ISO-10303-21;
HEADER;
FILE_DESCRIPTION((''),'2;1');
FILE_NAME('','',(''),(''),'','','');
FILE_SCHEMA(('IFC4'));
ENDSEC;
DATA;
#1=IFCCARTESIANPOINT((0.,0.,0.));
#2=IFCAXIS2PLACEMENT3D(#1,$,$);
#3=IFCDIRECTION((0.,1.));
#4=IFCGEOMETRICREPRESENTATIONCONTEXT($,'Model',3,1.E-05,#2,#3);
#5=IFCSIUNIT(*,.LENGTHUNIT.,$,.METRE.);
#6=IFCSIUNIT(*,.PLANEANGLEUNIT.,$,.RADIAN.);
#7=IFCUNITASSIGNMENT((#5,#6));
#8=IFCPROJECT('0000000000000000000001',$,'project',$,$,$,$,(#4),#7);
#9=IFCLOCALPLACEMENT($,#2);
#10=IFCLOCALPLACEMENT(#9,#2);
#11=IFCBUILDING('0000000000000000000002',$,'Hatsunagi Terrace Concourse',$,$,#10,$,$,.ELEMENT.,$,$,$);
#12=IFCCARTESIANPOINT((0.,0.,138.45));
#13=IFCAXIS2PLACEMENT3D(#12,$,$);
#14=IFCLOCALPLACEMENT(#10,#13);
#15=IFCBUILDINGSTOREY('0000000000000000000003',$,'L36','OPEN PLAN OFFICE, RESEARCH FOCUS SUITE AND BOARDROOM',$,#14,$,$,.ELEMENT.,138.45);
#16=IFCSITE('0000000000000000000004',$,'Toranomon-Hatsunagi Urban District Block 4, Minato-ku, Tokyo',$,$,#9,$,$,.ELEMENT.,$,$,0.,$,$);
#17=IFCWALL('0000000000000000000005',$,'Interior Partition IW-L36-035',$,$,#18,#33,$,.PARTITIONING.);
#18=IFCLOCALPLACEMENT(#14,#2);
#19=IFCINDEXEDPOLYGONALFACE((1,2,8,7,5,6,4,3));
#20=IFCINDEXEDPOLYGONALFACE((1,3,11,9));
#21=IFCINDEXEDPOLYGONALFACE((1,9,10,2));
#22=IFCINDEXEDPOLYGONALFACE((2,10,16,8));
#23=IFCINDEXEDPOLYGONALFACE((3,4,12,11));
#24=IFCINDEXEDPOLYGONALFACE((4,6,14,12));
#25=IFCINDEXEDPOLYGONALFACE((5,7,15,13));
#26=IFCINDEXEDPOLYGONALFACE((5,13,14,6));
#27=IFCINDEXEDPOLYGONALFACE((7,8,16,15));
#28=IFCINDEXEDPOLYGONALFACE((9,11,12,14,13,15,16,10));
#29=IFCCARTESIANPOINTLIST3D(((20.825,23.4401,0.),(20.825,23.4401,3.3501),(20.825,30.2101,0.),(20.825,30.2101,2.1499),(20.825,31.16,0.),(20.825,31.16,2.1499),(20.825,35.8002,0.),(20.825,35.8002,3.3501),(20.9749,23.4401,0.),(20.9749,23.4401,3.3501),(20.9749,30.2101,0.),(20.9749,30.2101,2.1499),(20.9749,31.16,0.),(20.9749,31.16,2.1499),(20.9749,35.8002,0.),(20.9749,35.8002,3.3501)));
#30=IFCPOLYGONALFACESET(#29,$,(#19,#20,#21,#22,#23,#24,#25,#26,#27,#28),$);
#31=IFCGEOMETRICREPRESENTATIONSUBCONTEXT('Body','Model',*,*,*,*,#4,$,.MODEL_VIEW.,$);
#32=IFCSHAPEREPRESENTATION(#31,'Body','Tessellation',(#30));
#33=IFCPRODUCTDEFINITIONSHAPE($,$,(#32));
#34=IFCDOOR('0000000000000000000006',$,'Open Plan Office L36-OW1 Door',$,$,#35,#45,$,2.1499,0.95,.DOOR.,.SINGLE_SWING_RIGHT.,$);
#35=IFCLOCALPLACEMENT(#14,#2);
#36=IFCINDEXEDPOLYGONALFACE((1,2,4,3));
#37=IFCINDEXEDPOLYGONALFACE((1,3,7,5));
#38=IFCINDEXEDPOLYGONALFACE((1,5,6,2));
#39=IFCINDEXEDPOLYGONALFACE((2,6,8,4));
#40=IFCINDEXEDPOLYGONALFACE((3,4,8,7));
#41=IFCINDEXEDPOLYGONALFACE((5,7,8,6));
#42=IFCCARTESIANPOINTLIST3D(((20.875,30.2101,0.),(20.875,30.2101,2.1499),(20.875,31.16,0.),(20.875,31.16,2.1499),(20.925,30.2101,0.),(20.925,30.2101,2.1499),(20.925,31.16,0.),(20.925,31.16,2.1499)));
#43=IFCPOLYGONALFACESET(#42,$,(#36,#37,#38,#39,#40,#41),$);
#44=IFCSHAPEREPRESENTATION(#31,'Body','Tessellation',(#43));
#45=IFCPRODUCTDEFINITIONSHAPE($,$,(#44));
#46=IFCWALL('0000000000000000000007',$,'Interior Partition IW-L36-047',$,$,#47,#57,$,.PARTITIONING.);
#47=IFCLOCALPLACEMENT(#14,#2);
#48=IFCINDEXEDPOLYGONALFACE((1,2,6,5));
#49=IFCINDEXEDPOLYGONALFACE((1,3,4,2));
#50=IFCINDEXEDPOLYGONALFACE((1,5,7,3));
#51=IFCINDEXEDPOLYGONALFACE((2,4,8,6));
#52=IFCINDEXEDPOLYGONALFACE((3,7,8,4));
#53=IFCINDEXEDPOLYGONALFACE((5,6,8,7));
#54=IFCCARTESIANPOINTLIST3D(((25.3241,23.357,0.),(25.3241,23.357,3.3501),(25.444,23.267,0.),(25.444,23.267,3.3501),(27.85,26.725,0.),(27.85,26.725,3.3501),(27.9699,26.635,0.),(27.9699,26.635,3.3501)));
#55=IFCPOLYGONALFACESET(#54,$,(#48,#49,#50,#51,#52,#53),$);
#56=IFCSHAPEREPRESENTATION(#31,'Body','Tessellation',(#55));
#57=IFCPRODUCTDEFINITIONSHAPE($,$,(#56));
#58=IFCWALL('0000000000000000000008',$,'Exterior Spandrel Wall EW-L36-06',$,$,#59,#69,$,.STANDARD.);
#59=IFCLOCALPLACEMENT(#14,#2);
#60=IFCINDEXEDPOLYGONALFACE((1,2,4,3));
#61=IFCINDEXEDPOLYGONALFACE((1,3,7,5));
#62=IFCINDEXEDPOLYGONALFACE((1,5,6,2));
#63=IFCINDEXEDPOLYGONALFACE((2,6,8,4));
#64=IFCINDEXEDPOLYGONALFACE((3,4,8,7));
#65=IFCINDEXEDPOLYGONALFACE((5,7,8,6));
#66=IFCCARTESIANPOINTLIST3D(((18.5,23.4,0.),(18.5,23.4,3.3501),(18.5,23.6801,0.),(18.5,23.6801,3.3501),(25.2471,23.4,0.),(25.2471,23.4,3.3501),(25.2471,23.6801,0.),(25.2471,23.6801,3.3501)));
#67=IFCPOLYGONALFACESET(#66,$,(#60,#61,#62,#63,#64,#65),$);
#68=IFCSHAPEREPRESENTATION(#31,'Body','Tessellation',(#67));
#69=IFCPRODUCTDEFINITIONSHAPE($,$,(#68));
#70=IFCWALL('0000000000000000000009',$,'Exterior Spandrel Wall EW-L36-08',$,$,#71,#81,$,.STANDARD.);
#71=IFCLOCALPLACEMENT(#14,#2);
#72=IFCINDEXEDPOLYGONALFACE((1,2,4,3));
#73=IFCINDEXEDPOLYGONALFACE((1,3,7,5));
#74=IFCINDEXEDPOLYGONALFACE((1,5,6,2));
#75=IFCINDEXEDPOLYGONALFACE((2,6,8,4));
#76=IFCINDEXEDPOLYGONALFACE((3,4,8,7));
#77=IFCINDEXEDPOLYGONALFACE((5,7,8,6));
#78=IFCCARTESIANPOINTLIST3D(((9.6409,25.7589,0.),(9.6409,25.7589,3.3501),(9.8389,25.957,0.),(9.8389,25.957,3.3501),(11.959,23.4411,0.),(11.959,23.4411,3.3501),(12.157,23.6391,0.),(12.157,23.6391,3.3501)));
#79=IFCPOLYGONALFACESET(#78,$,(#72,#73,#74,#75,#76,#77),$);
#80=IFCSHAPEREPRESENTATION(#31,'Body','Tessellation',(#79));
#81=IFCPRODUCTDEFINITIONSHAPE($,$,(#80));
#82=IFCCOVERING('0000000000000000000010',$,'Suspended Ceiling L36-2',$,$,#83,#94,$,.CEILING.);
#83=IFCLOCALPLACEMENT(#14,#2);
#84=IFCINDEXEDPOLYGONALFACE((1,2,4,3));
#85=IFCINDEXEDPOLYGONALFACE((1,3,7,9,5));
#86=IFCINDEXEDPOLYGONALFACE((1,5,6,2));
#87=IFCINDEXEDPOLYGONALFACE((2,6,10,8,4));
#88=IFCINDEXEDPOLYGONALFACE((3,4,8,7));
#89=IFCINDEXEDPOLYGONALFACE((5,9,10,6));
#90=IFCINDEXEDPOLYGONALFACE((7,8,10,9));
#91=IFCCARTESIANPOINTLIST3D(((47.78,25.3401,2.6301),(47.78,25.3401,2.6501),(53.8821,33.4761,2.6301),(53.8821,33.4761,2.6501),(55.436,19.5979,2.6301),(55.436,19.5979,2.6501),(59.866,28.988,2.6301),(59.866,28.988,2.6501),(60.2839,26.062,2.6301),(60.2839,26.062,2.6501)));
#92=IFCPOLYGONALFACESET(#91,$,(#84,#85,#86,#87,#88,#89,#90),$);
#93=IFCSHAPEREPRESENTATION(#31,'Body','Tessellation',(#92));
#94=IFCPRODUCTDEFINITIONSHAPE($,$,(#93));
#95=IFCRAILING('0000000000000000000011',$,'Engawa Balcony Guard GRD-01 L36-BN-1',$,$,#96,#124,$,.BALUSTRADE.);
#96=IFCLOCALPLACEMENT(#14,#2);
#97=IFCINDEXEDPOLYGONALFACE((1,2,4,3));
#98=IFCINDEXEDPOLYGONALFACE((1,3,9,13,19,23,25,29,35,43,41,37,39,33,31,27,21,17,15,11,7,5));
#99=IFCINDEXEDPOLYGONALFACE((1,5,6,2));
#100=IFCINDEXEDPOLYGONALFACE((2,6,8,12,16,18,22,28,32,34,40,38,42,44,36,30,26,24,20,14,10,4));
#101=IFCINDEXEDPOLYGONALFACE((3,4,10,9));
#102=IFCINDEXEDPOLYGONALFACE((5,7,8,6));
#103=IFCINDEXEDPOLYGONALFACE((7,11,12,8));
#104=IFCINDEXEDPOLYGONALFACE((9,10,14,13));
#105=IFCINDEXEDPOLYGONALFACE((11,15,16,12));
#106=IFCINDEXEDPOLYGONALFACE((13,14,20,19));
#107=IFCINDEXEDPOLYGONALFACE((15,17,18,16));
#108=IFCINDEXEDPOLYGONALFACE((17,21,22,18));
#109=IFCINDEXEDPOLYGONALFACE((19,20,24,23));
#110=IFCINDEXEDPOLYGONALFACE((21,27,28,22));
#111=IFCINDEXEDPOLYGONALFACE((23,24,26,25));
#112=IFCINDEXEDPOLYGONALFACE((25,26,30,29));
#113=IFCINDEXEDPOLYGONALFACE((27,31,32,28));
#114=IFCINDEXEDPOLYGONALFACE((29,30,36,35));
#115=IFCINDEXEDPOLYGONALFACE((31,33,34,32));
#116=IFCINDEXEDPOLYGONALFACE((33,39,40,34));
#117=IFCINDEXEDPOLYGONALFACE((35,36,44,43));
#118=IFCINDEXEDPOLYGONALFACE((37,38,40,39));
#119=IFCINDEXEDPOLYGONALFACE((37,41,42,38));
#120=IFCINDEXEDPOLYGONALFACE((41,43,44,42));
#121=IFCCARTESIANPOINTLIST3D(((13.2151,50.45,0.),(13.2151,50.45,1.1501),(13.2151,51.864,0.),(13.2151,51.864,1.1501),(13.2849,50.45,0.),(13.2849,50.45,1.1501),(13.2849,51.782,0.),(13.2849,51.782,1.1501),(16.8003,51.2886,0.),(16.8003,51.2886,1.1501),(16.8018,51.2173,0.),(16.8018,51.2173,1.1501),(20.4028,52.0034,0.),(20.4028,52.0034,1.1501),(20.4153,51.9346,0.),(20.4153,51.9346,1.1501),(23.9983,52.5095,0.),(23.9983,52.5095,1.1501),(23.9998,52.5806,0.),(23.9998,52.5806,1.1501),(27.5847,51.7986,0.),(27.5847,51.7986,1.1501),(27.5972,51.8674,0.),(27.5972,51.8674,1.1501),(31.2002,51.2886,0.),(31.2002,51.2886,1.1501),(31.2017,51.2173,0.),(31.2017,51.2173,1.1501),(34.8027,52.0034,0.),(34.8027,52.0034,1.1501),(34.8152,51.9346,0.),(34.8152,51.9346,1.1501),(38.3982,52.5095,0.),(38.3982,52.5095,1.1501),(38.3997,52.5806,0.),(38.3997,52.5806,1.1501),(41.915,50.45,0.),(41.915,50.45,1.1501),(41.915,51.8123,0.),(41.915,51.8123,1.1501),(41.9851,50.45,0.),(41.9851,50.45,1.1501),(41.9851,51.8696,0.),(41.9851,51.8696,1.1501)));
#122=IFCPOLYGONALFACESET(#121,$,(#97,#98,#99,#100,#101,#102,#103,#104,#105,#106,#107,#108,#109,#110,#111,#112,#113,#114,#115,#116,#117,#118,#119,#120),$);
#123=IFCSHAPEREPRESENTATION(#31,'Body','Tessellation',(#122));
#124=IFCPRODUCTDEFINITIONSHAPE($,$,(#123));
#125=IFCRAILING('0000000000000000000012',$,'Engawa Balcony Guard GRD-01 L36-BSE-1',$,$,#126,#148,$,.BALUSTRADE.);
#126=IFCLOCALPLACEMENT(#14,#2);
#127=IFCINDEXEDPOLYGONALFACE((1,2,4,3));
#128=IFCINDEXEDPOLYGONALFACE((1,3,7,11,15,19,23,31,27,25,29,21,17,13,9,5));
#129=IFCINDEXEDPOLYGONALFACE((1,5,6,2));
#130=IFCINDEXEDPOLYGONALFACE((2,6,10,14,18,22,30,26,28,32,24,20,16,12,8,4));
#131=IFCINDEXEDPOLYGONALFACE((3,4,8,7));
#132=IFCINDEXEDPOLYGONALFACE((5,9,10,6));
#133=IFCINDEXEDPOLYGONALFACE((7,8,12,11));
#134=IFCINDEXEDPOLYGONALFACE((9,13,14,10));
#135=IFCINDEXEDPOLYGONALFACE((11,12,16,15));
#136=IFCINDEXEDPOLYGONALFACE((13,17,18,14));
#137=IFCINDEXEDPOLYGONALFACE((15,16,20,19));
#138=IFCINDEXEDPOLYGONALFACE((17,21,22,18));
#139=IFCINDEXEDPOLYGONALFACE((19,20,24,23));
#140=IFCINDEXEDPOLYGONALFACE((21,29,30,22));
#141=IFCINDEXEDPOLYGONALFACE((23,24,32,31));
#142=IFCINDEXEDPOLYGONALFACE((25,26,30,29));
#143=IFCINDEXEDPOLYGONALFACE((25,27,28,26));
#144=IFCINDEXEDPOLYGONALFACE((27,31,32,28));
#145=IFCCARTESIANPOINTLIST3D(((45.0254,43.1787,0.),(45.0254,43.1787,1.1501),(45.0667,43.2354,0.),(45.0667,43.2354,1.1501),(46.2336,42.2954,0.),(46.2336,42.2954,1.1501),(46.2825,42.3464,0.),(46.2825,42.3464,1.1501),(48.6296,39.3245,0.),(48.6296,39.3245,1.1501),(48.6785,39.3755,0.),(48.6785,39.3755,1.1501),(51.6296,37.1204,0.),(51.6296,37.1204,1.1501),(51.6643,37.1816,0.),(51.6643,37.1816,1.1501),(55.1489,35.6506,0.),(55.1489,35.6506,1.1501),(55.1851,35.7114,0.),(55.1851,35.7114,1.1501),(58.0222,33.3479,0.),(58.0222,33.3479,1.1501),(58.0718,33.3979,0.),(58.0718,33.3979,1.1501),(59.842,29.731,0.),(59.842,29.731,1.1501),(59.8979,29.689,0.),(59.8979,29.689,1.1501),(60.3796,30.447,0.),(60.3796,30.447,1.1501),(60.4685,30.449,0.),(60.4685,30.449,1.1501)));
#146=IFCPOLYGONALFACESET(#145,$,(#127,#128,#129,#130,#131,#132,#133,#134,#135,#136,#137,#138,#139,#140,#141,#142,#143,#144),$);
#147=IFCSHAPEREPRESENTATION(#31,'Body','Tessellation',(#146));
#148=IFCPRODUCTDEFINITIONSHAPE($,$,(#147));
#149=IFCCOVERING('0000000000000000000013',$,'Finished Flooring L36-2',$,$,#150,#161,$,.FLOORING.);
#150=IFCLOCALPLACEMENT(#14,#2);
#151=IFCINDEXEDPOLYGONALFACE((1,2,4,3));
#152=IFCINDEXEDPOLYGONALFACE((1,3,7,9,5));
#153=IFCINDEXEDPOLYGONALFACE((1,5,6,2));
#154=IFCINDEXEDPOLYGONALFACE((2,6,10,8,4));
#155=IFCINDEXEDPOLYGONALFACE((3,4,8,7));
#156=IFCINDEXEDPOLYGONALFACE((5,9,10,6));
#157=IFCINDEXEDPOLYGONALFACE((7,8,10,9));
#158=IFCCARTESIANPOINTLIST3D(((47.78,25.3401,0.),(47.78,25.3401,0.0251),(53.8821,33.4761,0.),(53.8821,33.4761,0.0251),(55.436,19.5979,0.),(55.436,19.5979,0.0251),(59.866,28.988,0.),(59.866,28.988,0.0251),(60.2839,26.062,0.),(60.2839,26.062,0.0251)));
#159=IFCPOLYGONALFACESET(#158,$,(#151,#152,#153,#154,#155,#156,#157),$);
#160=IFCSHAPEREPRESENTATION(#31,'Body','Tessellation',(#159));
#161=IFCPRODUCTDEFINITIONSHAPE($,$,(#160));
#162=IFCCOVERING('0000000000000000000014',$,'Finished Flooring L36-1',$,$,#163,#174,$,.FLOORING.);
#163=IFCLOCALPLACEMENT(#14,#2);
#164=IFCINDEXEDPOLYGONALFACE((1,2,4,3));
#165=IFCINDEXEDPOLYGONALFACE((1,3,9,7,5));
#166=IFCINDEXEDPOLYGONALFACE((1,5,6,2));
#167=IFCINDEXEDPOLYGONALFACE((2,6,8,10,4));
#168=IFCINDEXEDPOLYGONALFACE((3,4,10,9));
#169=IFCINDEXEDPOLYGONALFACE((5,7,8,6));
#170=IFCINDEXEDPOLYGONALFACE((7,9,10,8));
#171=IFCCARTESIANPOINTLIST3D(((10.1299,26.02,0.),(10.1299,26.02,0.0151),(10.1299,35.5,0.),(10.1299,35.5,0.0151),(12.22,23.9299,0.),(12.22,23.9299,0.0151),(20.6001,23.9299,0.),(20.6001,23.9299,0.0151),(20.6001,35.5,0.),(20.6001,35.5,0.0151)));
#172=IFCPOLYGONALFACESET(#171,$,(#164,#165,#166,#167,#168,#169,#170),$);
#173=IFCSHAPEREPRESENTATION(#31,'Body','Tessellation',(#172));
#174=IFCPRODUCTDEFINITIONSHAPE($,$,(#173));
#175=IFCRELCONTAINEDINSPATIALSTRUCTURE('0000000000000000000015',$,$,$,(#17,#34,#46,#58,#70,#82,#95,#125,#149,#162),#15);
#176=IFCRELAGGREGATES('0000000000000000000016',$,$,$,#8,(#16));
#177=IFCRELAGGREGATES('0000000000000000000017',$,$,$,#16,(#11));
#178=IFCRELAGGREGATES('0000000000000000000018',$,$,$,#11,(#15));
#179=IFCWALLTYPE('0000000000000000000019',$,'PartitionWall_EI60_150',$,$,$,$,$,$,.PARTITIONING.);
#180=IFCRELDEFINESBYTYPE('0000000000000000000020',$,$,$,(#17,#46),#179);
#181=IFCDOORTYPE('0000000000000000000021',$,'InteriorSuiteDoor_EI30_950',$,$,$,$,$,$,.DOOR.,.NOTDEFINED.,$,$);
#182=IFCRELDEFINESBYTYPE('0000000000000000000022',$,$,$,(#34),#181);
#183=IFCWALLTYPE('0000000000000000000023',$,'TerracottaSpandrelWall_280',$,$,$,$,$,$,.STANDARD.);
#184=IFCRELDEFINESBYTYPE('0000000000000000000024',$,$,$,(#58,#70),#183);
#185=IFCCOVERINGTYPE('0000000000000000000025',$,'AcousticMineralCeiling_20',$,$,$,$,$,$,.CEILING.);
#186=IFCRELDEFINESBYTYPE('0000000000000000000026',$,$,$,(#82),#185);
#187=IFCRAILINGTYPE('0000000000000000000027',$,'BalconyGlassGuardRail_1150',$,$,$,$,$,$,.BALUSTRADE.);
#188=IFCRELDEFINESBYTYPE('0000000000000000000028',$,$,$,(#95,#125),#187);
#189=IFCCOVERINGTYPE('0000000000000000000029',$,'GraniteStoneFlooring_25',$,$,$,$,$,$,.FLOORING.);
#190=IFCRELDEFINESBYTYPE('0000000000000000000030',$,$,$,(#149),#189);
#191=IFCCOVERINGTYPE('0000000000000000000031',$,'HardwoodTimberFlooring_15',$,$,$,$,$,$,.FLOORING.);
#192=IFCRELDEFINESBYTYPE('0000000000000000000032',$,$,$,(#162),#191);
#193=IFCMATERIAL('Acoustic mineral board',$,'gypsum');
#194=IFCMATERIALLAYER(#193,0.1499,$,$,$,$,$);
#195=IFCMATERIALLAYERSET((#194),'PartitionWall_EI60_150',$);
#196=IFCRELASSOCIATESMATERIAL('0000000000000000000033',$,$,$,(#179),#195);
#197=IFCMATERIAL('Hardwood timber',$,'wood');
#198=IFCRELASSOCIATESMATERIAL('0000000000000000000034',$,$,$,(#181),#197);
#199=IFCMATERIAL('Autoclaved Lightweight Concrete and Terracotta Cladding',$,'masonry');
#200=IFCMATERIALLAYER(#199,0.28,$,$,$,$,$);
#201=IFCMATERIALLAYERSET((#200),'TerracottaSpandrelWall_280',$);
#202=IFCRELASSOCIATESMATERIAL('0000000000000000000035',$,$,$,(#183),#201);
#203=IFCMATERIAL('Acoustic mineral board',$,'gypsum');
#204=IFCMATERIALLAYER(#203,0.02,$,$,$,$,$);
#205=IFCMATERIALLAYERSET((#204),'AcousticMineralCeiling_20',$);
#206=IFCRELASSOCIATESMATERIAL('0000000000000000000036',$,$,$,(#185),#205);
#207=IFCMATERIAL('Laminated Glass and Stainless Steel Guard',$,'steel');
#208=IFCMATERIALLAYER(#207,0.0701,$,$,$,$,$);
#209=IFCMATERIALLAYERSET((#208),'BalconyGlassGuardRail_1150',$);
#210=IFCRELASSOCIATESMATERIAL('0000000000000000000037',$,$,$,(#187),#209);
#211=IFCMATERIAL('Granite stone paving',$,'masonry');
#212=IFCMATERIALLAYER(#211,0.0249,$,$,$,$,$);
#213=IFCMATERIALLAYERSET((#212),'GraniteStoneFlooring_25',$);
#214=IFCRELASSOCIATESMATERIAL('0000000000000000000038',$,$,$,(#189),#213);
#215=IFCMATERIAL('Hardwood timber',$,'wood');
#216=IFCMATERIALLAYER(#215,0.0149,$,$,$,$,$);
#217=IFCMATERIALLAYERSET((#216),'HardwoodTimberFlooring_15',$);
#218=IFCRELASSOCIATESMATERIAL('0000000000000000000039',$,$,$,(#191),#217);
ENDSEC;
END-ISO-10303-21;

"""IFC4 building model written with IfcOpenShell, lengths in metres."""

from ifc_helpers import new_model, si_unit, direction, frame, frame_2d, origin, place, context, subcontext, project, spatial, polyline, rectangle, outline, extrude, material, layer, layer_set, type_object, element, fill, save


model = new_model("IFC4")

# Units and contexts
model_context = context("Model", 3, precision=1e-05, world=origin(), true_north=direction((0.0, 1.0)))
body_context = subcontext(model_context, "Body", "Model", "MODEL_VIEW")
ifc_project = project(units=[si_unit("LENGTHUNIT", "METRE"), si_unit("PLANEANGLEUNIT", "RADIAN")], contexts=[model_context])

# Site, building, storey
site_placement = place(None, origin())
site = spatial("IfcSite", under=ifc_project, at=site_placement, Name="Toranomon-Hatsunagi Urban District Block 4, Minato-ku, Tokyo", CompositionType="ELEMENT", RefElevation=0.0)
building_placement = place(site_placement, origin())
building = spatial("IfcBuilding", under=site, at=building_placement, Name="Hatsunagi Terrace Concourse", CompositionType="ELEMENT")
storey_placement = place(building_placement, frame((0.0, 0.0, 138.45)))
storey = spatial("IfcBuildingStorey", under=building, at=storey_placement, Name="L36", Description="OPEN PLAN OFFICE, RESEARCH FOCUS SUITE AND BOARDROOM", CompositionType="ELEMENT", Elevation=138.45)

# Shared definitions
ifc_material_1 = material(Name="Acoustic mineral board", Category="gypsum")
ifc_layer_1 = layer(ifc_material_1, 0.1499)
ifc_layer_set_1 = layer_set([ifc_layer_1], Name="PartitionWall_EI60_150")
wall_type_1 = type_object("IfcWallType", Name="PartitionWall_EI60_150", PredefinedType="PARTITIONING", material=ifc_layer_set_1)

# Wall, opening, door
wall_1_placement = place(storey_placement, frame((20.8999, 23.4399, 0.0), z_axis=(0.0, 0.0, 1.0), x_axis=(0.0, 1.0, 0.0)))
wall_1 = element("IfcWall", 1, at=wall_1_placement, inside=storey, type_object=wall_type_1, Name="Interior Partition IW-L36-035", PredefinedType="PARTITIONING", context=body_context, shape_type="SweptSolid", body=[
    extrude(rectangle(XDim=12.3601, YDim=0.1499, at=frame_2d((6.1802, 0.0))), origin(), (0.0, 0.0, 1.0), 3.3501),
])
opening_placement = place(wall_1_placement, frame((6.77, 0.0, 0.0)))
opening = element("IfcOpeningElement", 2, at=opening_placement, cuts=wall_1, PredefinedType="OPENING", context=body_context, shape_type="SweptSolid", body=[
    extrude(rectangle(XDim=0.95, YDim=2.1499, at=frame_2d((0.4751, 1.075))), frame((0.0, 0.085, 0.0), z_axis=(0.0, -1.0, 0.0), x_axis=(1.0, 0.0, 0.0)), (0.0, 0.0, 1.0), 0.1699),
])
ifc_material_2 = material(Name="Hardwood timber", Category="wood")
door_type = type_object("IfcDoorType", Name="InteriorSuiteDoor_EI30_950", OperationType="NOTDEFINED", PredefinedType="DOOR", material=ifc_material_2)
door_placement = place(opening_placement, origin())
door = element("IfcDoor", 3, at=door_placement, inside=storey, type_object=door_type, Name="Open Plan Office L36-OW1 Door", OperationType="SINGLE_SWING_RIGHT", OverallHeight=2.1499, OverallWidth=0.95, PredefinedType="DOOR", context=body_context, shape_type="SweptSolid", body=[
    extrude(rectangle(XDim=0.95, YDim=2.1499, at=frame_2d((0.4751, 1.075))), frame((0.0, 0.0249, 0.0), z_axis=(0.0, -1.0, 0.0), x_axis=(1.0, 0.0, 0.0)), (0.0, 0.0, 1.0), 0.05),
])
fill(opening, door)

# Walls
wall_2_placement = place(storey_placement, frame((25.384, 23.312, 0.0), z_axis=(0.0, 0.0, 1.0), x_axis=(0.599991, 0.800007, 0.0)))
element("IfcWall", 4, at=wall_2_placement, inside=storey, type_object=wall_type_1, Name="Interior Partition IW-L36-047", PredefinedType="PARTITIONING", context=body_context, shape_type="SweptSolid", body=[
    extrude(rectangle(XDim=4.21, YDim=0.1499, at=frame_2d((2.105, 0.0))), origin(), (0.0, 0.0, 1.0), 3.3501),
])
ifc_material_3 = material(Name="Autoclaved Lightweight Concrete and Terracotta Cladding", Category="masonry")
ifc_layer_2 = layer(ifc_material_3, 0.28)
ifc_layer_set_2 = layer_set([ifc_layer_2], Name="TerracottaSpandrelWall_280")
wall_type_2 = type_object("IfcWallType", Name="TerracottaSpandrelWall_280", PredefinedType="STANDARD", material=ifc_layer_set_2)
wall_3_placement = place(storey_placement, frame((25.2471, 23.54, 0.0), z_axis=(0.0, 0.0, 1.0), x_axis=(-1.0, 0.0, 0.0)))
element("IfcWall", 5, at=wall_3_placement, inside=storey, type_object=wall_type_2, Name="Exterior Spandrel Wall EW-L36-06", PredefinedType="STANDARD", context=body_context, shape_type="SweptSolid", body=[
    extrude(rectangle(XDim=6.7471, YDim=0.28, at=frame_2d((3.3735, 0.0))), origin(), (0.0, 0.0, 1.0), 3.3501),
])
wall_4_placement = place(storey_placement, frame((12.0581, 23.54, 0.0), z_axis=(0.0, 0.0, 1.0), x_axis=(-0.707144, 0.70707, 0.0)))
element("IfcWall", 6, at=wall_4_placement, inside=storey, type_object=wall_type_2, Name="Exterior Spandrel Wall EW-L36-08", PredefinedType="STANDARD", context=body_context, shape_type="SweptSolid", body=[
    extrude(rectangle(XDim=3.2781, YDim=0.28, at=frame_2d((1.6392, 0.0))), origin(), (0.0, 0.0, 1.0), 3.3501),
])

# Covering
ifc_material_4 = material(Name="Acoustic mineral board", Category="gypsum")
ifc_layer_3 = layer(ifc_material_4, 0.02)
ifc_layer_set_3 = layer_set([ifc_layer_3], Name="AcousticMineralCeiling_20")
covering_type_1 = type_object("IfcCoveringType", Name="AcousticMineralCeiling_20", PredefinedType="CEILING", material=ifc_layer_set_3)
covering_1_placement = place(storey_placement, frame((0.0, 0.0, 2.6301)))
element("IfcCovering", 7, at=covering_1_placement, inside=storey, type_object=covering_type_1, Name="Suspended Ceiling L36-2", PredefinedType="CEILING", context=body_context, shape_type="SweptSolid", body=[
    extrude(outline(polyline([(59.866, 28.988), (53.8821, 33.4761), (47.78, 25.3401), (55.436, 19.5979), (60.2839, 26.062), (59.866, 28.988)])), origin(), (0.0, 0.0, 1.0), 0.02),
])

# Railings
ifc_material_5 = material(Name="Laminated Glass and Stainless Steel Guard", Category="steel")
ifc_layer_4 = layer(ifc_material_5, 0.0701)
ifc_layer_set_4 = layer_set([ifc_layer_4], Name="BalconyGlassGuardRail_1150")
railing_type = type_object("IfcRailingType", Name="BalconyGlassGuardRail_1150", PredefinedType="BALUSTRADE", material=ifc_layer_set_4)
railing_1_placement = place(storey_placement, origin())
element("IfcRailing", 8, at=railing_1_placement, inside=storey, type_object=railing_type, Name="Engawa Balcony Guard GRD-01 L36-BN-1", PredefinedType="BALUSTRADE", context=body_context, shape_type="SweptSolid", body=[
    extrude(outline(polyline([(13.2151, 50.45), (13.2849, 50.45), (13.2849, 51.782), (16.8018, 51.2173), (20.4153, 51.9346), (23.9983, 52.5095), (27.5847, 51.7986), (31.2017, 51.2173), (34.8152, 51.9346), (38.3982, 52.5095), (41.915, 51.8123), (41.915, 50.45), (41.9851, 50.45), (41.9851, 51.8696), (38.3997, 52.5806), (34.8027, 52.0034), (31.2002, 51.2886), (27.5972, 51.8674), (23.9998, 52.5806), (20.4028, 52.0034), (16.8003, 51.2886), (13.2151, 51.864), (13.2151, 50.45)])), origin(), (0.0, 0.0, 1.0), 1.1501),
])
railing_2_placement = place(storey_placement, origin())
element("IfcRailing", 9, at=railing_2_placement, inside=storey, type_object=railing_type, Name="Engawa Balcony Guard GRD-01 L36-BSE-1", PredefinedType="BALUSTRADE", context=body_context, shape_type="SweptSolid", body=[
    extrude(outline(polyline([(45.0667, 43.2354), (45.0254, 43.1787), (46.2336, 42.2954), (48.6296, 39.3245), (51.6296, 37.1204), (55.1489, 35.6506), (58.0222, 33.3479), (60.3796, 30.447), (59.842, 29.731), (59.8979, 29.689), (60.4685, 30.449), (58.0718, 33.3979), (55.1851, 35.7114), (51.6643, 37.1816), (48.6785, 39.3755), (46.2825, 42.3464), (45.0667, 43.2354)])), origin(), (0.0, 0.0, 1.0), 1.1501),
])

# Coverings
ifc_material_6 = material(Name="Granite stone paving", Category="masonry")
ifc_layer_5 = layer(ifc_material_6, 0.0249)
ifc_layer_set_5 = layer_set([ifc_layer_5], Name="GraniteStoneFlooring_25")
covering_type_2 = type_object("IfcCoveringType", Name="GraniteStoneFlooring_25", PredefinedType="FLOORING", material=ifc_layer_set_5)
covering_2_placement = place(storey_placement, origin())
element("IfcCovering", 10, at=covering_2_placement, inside=storey, type_object=covering_type_2, Name="Finished Flooring L36-2", PredefinedType="FLOORING", context=body_context, shape_type="SweptSolid", body=[
    extrude(outline(polyline([(59.866, 28.988), (53.8821, 33.4761), (47.78, 25.3401), (55.436, 19.5979), (60.2839, 26.062), (59.866, 28.988)])), origin(), (0.0, 0.0, 1.0), 0.0251),
])
ifc_material_7 = material(Name="Hardwood timber", Category="wood")
ifc_layer_6 = layer(ifc_material_7, 0.0149)
ifc_layer_set_6 = layer_set([ifc_layer_6], Name="HardwoodTimberFlooring_15")
covering_type_3 = type_object("IfcCoveringType", Name="HardwoodTimberFlooring_15", PredefinedType="FLOORING", material=ifc_layer_set_6)
covering_3_placement = place(storey_placement, origin())
element("IfcCovering", 11, at=covering_3_placement, inside=storey, type_object=covering_type_3, Name="Finished Flooring L36-1", PredefinedType="FLOORING", context=body_context, shape_type="SweptSolid", body=[
    extrude(outline(polyline([(12.22, 23.9299), (20.6001, 23.9299), (20.6001, 35.5), (10.1299, 35.5), (10.1299, 26.02), (12.22, 23.9299)])), origin(), (0.0, 0.0, 1.0), 0.0151),
])

save(model, "model.ifc")
